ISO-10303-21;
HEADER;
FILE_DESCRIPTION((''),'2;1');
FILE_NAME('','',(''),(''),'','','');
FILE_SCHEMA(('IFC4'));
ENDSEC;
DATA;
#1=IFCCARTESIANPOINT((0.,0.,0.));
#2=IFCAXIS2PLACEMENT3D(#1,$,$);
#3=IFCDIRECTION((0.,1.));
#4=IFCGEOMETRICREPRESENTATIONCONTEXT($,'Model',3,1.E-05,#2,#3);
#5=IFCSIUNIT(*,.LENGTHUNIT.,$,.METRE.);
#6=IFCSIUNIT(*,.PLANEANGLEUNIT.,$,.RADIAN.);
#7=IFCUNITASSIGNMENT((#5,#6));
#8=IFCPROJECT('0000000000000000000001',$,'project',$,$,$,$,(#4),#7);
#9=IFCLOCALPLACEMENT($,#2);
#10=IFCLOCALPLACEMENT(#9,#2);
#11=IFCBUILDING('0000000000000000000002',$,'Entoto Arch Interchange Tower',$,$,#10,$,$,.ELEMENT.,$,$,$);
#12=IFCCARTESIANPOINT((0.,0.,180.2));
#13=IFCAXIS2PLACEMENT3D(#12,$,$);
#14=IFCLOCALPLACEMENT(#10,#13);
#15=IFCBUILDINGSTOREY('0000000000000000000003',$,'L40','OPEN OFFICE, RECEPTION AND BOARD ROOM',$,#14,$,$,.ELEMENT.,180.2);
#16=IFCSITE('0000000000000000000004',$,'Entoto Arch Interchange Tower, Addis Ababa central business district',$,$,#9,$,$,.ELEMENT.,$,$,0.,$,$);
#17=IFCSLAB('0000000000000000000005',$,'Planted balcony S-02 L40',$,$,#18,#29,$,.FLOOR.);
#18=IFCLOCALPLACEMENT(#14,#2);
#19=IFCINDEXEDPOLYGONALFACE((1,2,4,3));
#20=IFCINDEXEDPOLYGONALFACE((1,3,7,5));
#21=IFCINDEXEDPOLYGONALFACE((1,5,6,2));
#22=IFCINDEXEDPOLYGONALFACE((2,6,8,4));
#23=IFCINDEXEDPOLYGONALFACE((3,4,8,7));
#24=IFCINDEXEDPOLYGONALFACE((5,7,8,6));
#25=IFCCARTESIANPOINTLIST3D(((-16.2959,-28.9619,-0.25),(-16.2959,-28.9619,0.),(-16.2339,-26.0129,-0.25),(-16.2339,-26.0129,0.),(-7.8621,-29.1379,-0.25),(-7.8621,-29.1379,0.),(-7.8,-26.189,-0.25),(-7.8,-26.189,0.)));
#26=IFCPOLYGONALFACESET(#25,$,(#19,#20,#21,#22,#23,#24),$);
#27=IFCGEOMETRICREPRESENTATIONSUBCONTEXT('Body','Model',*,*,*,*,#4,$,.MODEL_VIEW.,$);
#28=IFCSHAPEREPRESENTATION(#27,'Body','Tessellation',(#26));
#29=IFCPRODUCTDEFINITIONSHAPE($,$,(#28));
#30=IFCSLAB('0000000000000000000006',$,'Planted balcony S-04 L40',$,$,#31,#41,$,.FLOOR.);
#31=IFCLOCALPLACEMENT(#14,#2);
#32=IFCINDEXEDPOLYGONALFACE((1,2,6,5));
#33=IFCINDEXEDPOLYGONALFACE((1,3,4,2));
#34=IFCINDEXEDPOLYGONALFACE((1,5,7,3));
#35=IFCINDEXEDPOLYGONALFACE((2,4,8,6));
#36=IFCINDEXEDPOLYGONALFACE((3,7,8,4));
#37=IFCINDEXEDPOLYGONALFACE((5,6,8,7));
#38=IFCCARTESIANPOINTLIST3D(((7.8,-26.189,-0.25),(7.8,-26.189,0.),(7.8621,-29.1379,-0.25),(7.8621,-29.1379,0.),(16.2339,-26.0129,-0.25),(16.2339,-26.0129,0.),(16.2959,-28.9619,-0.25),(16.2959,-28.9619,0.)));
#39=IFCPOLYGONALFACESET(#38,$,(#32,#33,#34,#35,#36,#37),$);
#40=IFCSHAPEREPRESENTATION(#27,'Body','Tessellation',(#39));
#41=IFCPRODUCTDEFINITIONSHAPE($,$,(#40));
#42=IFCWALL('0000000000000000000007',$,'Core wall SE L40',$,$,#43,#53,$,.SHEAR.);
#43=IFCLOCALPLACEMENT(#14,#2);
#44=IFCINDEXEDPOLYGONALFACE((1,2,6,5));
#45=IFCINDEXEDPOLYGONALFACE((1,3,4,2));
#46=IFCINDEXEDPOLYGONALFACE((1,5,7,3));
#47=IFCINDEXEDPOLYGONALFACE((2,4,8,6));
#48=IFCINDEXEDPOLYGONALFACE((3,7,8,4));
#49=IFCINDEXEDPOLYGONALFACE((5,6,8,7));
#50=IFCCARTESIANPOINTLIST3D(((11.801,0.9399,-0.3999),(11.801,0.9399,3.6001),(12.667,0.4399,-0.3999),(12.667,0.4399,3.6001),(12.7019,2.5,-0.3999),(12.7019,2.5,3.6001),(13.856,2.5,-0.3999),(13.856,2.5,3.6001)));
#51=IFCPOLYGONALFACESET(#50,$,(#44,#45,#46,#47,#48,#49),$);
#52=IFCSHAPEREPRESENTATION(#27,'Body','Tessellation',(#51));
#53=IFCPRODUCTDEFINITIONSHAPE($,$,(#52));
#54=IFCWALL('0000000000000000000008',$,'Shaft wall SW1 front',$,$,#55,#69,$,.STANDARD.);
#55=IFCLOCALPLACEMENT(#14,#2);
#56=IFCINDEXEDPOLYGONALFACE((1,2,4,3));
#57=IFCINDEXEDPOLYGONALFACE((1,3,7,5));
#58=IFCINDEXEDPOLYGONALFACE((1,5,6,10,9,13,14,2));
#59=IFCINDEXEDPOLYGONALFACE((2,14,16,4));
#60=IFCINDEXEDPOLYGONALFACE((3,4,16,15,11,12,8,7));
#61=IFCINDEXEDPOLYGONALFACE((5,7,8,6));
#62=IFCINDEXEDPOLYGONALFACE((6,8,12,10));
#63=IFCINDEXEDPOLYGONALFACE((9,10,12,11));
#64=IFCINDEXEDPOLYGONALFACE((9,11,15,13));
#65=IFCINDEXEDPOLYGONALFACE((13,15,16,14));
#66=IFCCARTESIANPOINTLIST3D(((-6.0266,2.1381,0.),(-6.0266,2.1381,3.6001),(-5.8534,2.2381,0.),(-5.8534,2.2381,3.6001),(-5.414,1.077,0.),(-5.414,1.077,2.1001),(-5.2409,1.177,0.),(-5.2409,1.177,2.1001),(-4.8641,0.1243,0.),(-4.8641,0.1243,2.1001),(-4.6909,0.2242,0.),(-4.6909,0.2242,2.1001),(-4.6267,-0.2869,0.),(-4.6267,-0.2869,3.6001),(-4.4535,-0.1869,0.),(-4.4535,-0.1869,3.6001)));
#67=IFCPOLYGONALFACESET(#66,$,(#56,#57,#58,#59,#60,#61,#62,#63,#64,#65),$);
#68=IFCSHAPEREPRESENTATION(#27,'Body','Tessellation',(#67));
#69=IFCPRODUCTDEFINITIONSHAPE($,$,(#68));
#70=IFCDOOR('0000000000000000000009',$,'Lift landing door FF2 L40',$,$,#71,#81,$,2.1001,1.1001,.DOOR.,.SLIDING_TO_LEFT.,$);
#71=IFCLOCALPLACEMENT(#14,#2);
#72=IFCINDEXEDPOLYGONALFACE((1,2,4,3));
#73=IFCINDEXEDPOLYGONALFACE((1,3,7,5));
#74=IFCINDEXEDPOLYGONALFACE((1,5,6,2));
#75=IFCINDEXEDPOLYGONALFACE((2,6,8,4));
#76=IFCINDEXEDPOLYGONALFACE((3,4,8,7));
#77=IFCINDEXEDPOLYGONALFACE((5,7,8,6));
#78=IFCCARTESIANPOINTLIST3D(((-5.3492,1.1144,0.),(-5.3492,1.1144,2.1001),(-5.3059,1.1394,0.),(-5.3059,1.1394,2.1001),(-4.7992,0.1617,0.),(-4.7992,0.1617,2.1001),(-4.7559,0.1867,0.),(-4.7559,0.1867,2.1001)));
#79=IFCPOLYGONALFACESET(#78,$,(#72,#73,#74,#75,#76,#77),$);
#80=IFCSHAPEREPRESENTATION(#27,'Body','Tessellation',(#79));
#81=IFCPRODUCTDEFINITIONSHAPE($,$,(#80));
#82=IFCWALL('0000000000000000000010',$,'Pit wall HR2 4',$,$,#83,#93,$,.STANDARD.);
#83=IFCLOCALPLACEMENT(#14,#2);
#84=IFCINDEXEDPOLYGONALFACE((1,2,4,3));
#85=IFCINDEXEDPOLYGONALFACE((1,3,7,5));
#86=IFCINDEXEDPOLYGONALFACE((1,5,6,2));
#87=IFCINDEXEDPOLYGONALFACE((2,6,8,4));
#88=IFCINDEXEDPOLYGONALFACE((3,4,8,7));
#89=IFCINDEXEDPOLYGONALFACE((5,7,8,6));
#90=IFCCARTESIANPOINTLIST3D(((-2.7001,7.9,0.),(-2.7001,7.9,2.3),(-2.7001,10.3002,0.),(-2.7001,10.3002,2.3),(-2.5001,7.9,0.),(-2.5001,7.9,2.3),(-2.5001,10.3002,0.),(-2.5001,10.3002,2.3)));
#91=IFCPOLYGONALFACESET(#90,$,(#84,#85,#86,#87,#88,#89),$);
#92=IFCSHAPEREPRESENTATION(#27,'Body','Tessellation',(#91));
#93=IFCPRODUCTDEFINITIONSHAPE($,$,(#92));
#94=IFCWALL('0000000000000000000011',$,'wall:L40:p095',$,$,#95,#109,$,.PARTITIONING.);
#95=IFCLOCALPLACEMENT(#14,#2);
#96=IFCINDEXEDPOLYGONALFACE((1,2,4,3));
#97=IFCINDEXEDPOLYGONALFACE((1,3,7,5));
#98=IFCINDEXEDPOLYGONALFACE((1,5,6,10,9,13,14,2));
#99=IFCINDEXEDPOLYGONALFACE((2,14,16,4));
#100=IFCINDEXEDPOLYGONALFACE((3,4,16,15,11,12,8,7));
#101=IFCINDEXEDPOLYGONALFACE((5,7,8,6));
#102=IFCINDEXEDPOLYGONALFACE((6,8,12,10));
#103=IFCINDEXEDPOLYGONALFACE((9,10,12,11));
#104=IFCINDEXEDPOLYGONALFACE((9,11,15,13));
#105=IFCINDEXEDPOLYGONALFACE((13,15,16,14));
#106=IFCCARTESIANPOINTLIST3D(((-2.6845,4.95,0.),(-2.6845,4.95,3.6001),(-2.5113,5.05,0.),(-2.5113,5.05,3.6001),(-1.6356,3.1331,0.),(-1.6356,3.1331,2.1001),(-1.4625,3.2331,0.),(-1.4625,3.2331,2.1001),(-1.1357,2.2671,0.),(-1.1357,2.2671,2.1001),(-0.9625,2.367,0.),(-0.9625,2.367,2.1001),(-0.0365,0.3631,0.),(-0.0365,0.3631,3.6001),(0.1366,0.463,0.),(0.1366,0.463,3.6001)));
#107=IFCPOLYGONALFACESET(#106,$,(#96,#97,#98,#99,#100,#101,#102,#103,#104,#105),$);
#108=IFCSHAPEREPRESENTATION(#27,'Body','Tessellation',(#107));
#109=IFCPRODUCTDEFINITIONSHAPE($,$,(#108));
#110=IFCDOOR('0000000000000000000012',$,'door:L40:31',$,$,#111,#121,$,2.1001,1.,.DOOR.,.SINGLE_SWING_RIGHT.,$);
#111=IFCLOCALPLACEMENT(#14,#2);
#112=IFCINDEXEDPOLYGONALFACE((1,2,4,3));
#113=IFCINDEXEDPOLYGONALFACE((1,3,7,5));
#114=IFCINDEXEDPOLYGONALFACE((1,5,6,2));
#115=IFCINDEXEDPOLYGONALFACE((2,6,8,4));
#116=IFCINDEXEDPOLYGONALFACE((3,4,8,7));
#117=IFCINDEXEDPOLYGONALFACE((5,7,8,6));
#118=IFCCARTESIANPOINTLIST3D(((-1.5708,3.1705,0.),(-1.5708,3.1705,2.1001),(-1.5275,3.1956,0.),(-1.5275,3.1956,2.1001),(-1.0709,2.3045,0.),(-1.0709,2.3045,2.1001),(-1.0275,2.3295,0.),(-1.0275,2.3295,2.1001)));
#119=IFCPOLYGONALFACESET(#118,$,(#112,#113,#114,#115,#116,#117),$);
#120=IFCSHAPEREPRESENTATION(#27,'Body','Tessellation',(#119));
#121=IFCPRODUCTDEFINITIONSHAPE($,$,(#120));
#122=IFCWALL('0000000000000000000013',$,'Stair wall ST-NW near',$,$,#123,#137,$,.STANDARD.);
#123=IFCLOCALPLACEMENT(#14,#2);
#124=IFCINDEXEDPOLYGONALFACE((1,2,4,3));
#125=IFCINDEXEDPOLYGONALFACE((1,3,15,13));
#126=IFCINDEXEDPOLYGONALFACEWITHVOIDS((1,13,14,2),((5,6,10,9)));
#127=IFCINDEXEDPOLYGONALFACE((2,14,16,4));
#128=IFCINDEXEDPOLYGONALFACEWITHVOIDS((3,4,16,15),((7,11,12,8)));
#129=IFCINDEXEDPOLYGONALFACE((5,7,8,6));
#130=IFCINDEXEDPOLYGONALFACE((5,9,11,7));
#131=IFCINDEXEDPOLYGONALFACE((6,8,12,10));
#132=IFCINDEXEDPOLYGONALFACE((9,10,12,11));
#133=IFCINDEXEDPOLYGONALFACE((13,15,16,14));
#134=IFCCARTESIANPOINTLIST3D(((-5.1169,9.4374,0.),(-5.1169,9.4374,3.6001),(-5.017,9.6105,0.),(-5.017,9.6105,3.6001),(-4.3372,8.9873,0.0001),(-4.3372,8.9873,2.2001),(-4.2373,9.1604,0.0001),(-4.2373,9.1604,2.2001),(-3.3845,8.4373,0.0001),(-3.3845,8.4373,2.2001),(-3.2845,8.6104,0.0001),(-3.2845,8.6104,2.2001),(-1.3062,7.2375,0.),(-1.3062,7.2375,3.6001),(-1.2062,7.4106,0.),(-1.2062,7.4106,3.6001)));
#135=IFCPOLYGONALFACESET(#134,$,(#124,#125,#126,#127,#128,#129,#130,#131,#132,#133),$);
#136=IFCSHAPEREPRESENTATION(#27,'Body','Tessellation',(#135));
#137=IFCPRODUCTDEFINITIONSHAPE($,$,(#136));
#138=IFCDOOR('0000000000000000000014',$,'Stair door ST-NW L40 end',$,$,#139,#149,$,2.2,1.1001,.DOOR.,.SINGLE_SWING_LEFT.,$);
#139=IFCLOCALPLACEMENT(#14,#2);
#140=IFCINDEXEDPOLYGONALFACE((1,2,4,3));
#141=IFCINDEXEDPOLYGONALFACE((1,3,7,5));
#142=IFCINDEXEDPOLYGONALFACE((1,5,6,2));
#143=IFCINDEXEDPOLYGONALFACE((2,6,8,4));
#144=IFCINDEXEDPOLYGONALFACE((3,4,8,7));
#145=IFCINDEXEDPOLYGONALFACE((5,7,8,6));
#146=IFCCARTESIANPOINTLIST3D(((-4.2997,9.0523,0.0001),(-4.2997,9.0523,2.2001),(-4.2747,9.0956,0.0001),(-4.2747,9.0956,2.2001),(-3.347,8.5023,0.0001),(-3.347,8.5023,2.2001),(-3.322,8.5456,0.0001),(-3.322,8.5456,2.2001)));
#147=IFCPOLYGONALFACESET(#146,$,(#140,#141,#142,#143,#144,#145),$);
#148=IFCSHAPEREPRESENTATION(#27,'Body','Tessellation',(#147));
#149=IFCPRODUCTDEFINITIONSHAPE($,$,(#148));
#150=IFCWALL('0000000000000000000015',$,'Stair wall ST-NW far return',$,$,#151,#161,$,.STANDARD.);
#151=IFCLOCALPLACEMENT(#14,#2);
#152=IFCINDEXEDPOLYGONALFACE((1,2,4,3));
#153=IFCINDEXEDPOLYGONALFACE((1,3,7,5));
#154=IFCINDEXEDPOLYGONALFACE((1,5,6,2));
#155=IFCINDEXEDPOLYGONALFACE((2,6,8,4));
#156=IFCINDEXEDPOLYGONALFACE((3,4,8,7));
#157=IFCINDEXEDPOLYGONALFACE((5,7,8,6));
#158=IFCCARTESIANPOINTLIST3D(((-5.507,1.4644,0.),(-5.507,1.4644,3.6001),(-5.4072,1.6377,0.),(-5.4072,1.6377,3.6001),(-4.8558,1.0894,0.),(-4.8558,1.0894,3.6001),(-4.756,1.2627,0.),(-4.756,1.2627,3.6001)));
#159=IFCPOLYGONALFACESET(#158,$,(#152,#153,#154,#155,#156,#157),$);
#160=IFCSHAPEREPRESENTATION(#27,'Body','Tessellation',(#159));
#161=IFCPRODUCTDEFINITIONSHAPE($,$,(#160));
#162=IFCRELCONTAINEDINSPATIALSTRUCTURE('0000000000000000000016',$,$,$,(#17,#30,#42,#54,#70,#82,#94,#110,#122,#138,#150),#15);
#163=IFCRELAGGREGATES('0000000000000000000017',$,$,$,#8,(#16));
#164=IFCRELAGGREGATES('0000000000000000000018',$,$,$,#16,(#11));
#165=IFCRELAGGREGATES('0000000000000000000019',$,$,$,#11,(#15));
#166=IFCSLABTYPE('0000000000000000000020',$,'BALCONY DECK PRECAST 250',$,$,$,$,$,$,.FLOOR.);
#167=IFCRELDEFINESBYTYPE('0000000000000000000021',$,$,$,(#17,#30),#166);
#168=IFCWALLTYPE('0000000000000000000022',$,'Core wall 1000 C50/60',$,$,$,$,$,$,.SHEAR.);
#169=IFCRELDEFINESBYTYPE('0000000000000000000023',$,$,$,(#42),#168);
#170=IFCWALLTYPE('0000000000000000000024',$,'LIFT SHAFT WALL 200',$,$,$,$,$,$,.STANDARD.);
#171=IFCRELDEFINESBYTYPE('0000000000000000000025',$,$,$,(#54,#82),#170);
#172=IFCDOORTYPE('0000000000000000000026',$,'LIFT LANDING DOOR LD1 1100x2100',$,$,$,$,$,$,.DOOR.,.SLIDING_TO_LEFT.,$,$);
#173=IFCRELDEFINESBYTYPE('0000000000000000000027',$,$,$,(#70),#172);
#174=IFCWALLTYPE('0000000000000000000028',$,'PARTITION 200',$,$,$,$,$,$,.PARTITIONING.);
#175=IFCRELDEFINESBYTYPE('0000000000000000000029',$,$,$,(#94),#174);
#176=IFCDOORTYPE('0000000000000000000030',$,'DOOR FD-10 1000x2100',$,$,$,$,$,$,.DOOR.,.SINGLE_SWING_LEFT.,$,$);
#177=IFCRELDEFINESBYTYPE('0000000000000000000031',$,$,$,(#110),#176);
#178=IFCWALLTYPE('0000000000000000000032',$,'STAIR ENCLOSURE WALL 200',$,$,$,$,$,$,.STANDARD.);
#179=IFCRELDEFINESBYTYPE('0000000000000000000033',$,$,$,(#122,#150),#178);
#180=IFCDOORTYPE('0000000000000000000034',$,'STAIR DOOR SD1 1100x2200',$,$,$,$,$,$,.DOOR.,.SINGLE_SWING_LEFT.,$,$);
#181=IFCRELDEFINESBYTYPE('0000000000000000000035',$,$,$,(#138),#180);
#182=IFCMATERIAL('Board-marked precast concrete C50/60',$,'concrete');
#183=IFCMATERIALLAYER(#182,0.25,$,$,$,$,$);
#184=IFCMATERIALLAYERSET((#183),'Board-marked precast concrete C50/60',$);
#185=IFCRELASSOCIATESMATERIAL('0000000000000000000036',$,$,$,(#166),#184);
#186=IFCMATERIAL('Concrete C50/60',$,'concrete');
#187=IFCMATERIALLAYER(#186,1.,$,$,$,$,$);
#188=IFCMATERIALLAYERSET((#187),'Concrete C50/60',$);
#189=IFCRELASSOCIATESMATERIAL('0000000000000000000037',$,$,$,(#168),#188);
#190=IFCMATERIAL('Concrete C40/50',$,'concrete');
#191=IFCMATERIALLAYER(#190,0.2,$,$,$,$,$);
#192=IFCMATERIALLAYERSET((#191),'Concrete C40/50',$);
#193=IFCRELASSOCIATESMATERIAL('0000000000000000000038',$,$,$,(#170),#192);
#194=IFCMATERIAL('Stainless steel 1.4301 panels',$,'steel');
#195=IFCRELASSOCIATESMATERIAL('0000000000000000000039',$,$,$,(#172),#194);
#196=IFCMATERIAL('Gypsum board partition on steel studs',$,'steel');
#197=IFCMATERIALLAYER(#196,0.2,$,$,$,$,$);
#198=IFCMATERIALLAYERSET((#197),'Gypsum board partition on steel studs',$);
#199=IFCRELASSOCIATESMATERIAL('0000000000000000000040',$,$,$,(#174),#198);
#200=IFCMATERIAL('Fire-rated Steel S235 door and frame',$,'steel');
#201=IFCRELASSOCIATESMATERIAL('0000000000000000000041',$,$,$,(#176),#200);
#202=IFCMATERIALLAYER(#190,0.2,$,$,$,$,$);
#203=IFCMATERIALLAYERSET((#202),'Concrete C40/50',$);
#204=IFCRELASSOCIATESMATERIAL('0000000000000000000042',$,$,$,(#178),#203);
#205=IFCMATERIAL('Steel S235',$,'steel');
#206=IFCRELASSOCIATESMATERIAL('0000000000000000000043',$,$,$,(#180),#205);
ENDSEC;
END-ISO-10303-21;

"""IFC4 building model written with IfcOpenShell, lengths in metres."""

from ifc_helpers import new_model, si_unit, direction, frame, frame_2d, origin, place, context, subcontext, project, spatial, polyline, rectangle, outline, extrude, material, layer, layer_set, type_object, element, fill, save


model = new_model("IFC4")

# Units and contexts
model_context = context("Model", 3, precision=1e-05, world=origin(), true_north=direction((0.0, 1.0)))
body_context = subcontext(model_context, "Body", "Model", "MODEL_VIEW")
ifc_project = project(units=[si_unit("LENGTHUNIT", "METRE"), si_unit("PLANEANGLEUNIT", "RADIAN")], contexts=[model_context])

# Site, building, storey
site_placement = place(None, origin())
site = spatial("IfcSite", under=ifc_project, at=site_placement, Name="Entoto Arch Interchange Tower, Addis Ababa central business district", CompositionType="ELEMENT", RefElevation=0.0)
building_placement = place(site_placement, origin())
building = spatial("IfcBuilding", under=site, at=building_placement, Name="Entoto Arch Interchange Tower", CompositionType="ELEMENT")
storey_placement = place(building_placement, frame((0.0, 0.0, 180.2)))
storey = spatial("IfcBuildingStorey", under=building, at=storey_placement, Name="L40", Description="OPEN OFFICE, RECEPTION AND BOARD ROOM", CompositionType="ELEMENT", Elevation=180.2)

# Slabs
ifc_material_1 = material(Name="Board-marked precast concrete C50/60", Category="concrete")
ifc_layer_1 = layer(ifc_material_1, 0.25)
ifc_layer_set_1 = layer_set([ifc_layer_1], Name="Board-marked precast concrete C50/60")
slab_type = type_object("IfcSlabType", Name="BALCONY DECK PRECAST 250", PredefinedType="FLOOR", material=ifc_layer_set_1)
slab_1_placement = place(storey_placement, frame((0.0, 0.0, -0.25)))
element("IfcSlab", 1, at=slab_1_placement, inside=storey, type_object=slab_type, Name="Planted balcony S-02 L40", PredefinedType="FLOOR", context=body_context, shape_type="SweptSolid", body=[
    extrude(outline(polyline([(-16.2339, -26.0129), (-7.8, -26.189), (-7.8621, -29.1379), (-16.2959, -28.9619), (-16.2339, -26.0129)])), origin(), (0.0, 0.0, 1.0), 0.25),
])
slab_2_placement = place(storey_placement, frame((0.0, 0.0, -0.25)))
element("IfcSlab", 2, at=slab_2_placement, inside=storey, type_object=slab_type, Name="Planted balcony S-04 L40", PredefinedType="FLOOR", context=body_context, shape_type="SweptSolid", body=[
    extrude(outline(polyline([(7.8, -26.189), (16.2339, -26.0129), (16.2959, -28.9619), (7.8621, -29.1379), (7.8, -26.189)])), origin(), (0.0, 0.0, 1.0), 0.25),
])

# Wall
ifc_material_2 = material(Name="Concrete C50/60", Category="concrete")
ifc_layer_2 = layer(ifc_material_2, 1.0)
ifc_layer_set_2 = layer_set([ifc_layer_2], Name="Concrete C50/60")
wall_type_1 = type_object("IfcWallType", Name="Core wall 1000 C50/60", PredefinedType="SHEAR", material=ifc_layer_set_2)
wall_1_placement = place(storey_placement, frame((0.0, 0.0, -0.3999)))
element("IfcWall", 3, at=wall_1_placement, inside=storey, type_object=wall_type_1, Name="Core wall SE L40", PredefinedType="SHEAR", context=body_context, shape_type="SweptSolid", body=[
    extrude(outline(polyline([(11.801, 0.9399), (12.667, 0.4399), (13.856, 2.5), (12.7019, 2.5), (11.801, 0.9399)])), origin(), (0.0, 0.0, 1.0), 4.0),
])

# Wall, opening, door
ifc_material_3 = material(Name="Concrete C40/50", Category="concrete")
ifc_layer_3 = layer(ifc_material_3, 0.2)
ifc_layer_set_3 = layer_set([ifc_layer_3], Name="Concrete C40/50")
wall_type_2 = type_object("IfcWallType", Name="LIFT SHAFT WALL 200", PredefinedType="STANDARD", material=ifc_layer_set_3)
wall_2_placement = place(storey_placement, frame((-5.9399, 2.188, 0.0), z_axis=(0.0, 0.0, 1.0), x_axis=(0.499946, -0.866056, 0.0)))
wall_2 = element("IfcWall", 4, at=wall_2_placement, inside=storey, type_object=wall_type_2, Name="Shaft wall SW1 front", PredefinedType="STANDARD", context=body_context, shape_type="SweptSolid", body=[
    extrude(rectangle(XDim=2.8, YDim=0.2, at=frame_2d((1.3999, 0.0))), origin(), (0.0, 0.0, 1.0), 3.6001),
])
opening_1_placement = place(wall_2_placement, frame((1.2251, 0.0, 0.0)))
opening_1 = element("IfcOpeningElement", 5, at=opening_1_placement, cuts=wall_2, PredefinedType="OPENING", context=body_context, shape_type="SweptSolid", body=[
    extrude(rectangle(XDim=1.1001, YDim=2.1001, at=frame_2d((0.55, 1.05))), frame((0.0, 0.1099, 0.0), z_axis=(0.0, -1.0, 0.0), x_axis=(1.0, 0.0, 0.0)), (0.0, 0.0, 1.0), 0.22),
])
ifc_material_4 = material(Name="Stainless steel 1.4301 panels", Category="steel")
door_type_1 = type_object("IfcDoorType", Name="LIFT LANDING DOOR LD1 1100x2100", OperationType="SLIDING_TO_LEFT", PredefinedType="DOOR", material=ifc_material_4)
door_1_placement = place(opening_1_placement, origin())
door_1 = element("IfcDoor", 6, at=door_1_placement, inside=storey, type_object=door_type_1, Name="Lift landing door FF2 L40", OperationType="SLIDING_TO_LEFT", OverallHeight=2.1001, OverallWidth=1.1001, PredefinedType="DOOR", context=body_context, shape_type="SweptSolid", body=[
    extrude(rectangle(XDim=1.1001, YDim=2.1001, at=frame_2d((0.55, 1.05))), frame((0.0, 0.0249, 0.0), z_axis=(0.0, -1.0, 0.0), x_axis=(1.0, 0.0, 0.0)), (0.0, 0.0, 1.0), 0.05),
])
fill(opening_1, door_1)

# Wall
wall_3_placement = place(storey_placement, frame((-2.6001, 7.8999, 0.0), z_axis=(0.0, 0.0, 1.0), x_axis=(0.0, 1.0, 0.0)))
element("IfcWall", 7, at=wall_3_placement, inside=storey, type_object=wall_type_2, Name="Pit wall HR2 4", PredefinedType="STANDARD", context=body_context, shape_type="SweptSolid", body=[
    extrude(rectangle(XDim=2.4001, YDim=0.2, at=frame_2d((1.2002, 0.0))), origin(), (0.0, 0.0, 1.0), 2.3),
])

# Walls, openings, doors
ifc_material_5 = material(Name="Gypsum board partition on steel studs", Category="steel")
ifc_layer_4 = layer(ifc_material_5, 0.2)
ifc_layer_set_4 = layer_set([ifc_layer_4], Name="Gypsum board partition on steel studs")
wall_type_3 = type_object("IfcWallType", Name="PARTITION 200", PredefinedType="PARTITIONING", material=ifc_layer_set_4)
wall_4_placement = place(storey_placement, frame((-2.5979, 5.0, 0.0), z_axis=(0.0, 0.0, 1.0), x_axis=(0.499957, -0.86605, 0.0)))
wall_4 = element("IfcWall", 8, at=wall_4_placement, inside=storey, type_object=wall_type_3, Name="wall:L40:p095", PredefinedType="PARTITIONING", context=body_context, shape_type="SweptSolid", body=[
    extrude(rectangle(XDim=5.2964, YDim=0.2, at=frame_2d((2.6482, 0.0))), origin(), (0.0, 0.0, 1.0), 3.6001),
])
opening_2_placement = place(wall_4_placement, frame((2.0979, 0.0, 0.0)))
opening_2 = element("IfcOpeningElement", 9, at=opening_2_placement, cuts=wall_4, PredefinedType="OPENING", context=body_context, shape_type="SweptSolid", body=[
    extrude(rectangle(XDim=1.0, YDim=2.1001, at=frame_2d((0.5, 1.05))), frame((0.0, 0.1099, 0.0), z_axis=(0.0, -1.0, 0.0), x_axis=(1.0, 0.0, 0.0)), (0.0, 0.0, 1.0), 0.22),
])
ifc_material_6 = material(Name="Fire-rated Steel S235 door and frame", Category="steel")
door_type_2 = type_object("IfcDoorType", Name="DOOR FD-10 1000x2100", OperationType="SINGLE_SWING_LEFT", PredefinedType="DOOR", material=ifc_material_6)
door_2_placement = place(opening_2_placement, origin())
door_2 = element("IfcDoor", 10, at=door_2_placement, inside=storey, type_object=door_type_2, Name="door:L40:31", OperationType="SINGLE_SWING_RIGHT", OverallHeight=2.1001, OverallWidth=1.0, PredefinedType="DOOR", context=body_context, shape_type="SweptSolid", body=[
    extrude(rectangle(XDim=1.0, YDim=2.1001, at=frame_2d((0.5, 1.05))), frame((0.0, 0.0249, 0.0), z_axis=(0.0, -1.0, 0.0), x_axis=(1.0, 0.0, 0.0)), (0.0, 0.0, 1.0), 0.05),
])
fill(opening_2, door_2)
ifc_layer_5 = layer(ifc_material_3, 0.2)
ifc_layer_set_5 = layer_set([ifc_layer_5], Name="Concrete C40/50")
wall_type_4 = type_object("IfcWallType", Name="STAIR ENCLOSURE WALL 200", PredefinedType="STANDARD", material=ifc_layer_set_5)
wall_5_placement = place(storey_placement, frame((-1.2561, 7.324, 0.0), z_axis=(0.0, 0.0, 1.0), x_axis=(-0.866046, 0.499964, 0.0)))
wall_5 = element("IfcWall", 11, at=wall_5_placement, inside=storey, type_object=wall_type_4, Name="Stair wall ST-NW near", PredefinedType="STANDARD", context=body_context, shape_type="SweptSolid", body=[
    extrude(rectangle(XDim=4.4001, YDim=0.2, at=frame_2d((2.2002, 0.0))), origin(), (0.0, 0.0, 1.0), 3.6001),
])
opening_3_placement = place(wall_5_placement, frame((2.3999, 0.0, 0.0)))
opening_3 = element("IfcOpeningElement", 12, at=opening_3_placement, cuts=wall_5, PredefinedType="OPENING", context=body_context, shape_type="SweptSolid", body=[
    extrude(rectangle(XDim=1.1001, YDim=2.2, at=frame_2d((0.55, 1.1001))), frame((0.0, 0.1099, 0.0), z_axis=(0.0, -1.0, 0.0), x_axis=(1.0, 0.0, 0.0)), (0.0, 0.0, 1.0), 0.22),
])
ifc_material_7 = material(Name="Steel S235", Category="steel")
door_type_3 = type_object("IfcDoorType", Name="STAIR DOOR SD1 1100x2200", OperationType="SINGLE_SWING_LEFT", PredefinedType="DOOR", material=ifc_material_7)
door_3_placement = place(opening_3_placement, origin())
door_3 = element("IfcDoor", 13, at=door_3_placement, inside=storey, type_object=door_type_3, Name="Stair door ST-NW L40 end", OperationType="SINGLE_SWING_LEFT", OverallHeight=2.2, OverallWidth=1.1001, PredefinedType="DOOR", context=body_context, shape_type="SweptSolid", body=[
    extrude(rectangle(XDim=1.1001, YDim=2.2, at=frame_2d((0.55, 1.1001))), frame((0.0, 0.0249, 0.0), z_axis=(0.0, -1.0, 0.0), x_axis=(1.0, 0.0, 0.0)), (0.0, 0.0, 1.0), 0.05),
])
fill(opening_3, door_3)

# Wall
wall_6_placement = place(storey_placement, frame((-4.8059, 1.176, 0.0), z_axis=(0.0, 0.0, 1.0), x_axis=(-0.866559, 0.499075, 0.0)))
element("IfcWall", 14, at=wall_6_placement, inside=storey, type_object=wall_type_4, Name="Stair wall ST-NW far return", PredefinedType="STANDARD", context=body_context, shape_type="SweptSolid", body=[
    extrude(rectangle(XDim=0.7515, YDim=0.2, at=frame_2d((0.3757, 0.0))), origin(), (0.0, 0.0, 1.0), 3.6001),
])

save(model, "model.ifc")
